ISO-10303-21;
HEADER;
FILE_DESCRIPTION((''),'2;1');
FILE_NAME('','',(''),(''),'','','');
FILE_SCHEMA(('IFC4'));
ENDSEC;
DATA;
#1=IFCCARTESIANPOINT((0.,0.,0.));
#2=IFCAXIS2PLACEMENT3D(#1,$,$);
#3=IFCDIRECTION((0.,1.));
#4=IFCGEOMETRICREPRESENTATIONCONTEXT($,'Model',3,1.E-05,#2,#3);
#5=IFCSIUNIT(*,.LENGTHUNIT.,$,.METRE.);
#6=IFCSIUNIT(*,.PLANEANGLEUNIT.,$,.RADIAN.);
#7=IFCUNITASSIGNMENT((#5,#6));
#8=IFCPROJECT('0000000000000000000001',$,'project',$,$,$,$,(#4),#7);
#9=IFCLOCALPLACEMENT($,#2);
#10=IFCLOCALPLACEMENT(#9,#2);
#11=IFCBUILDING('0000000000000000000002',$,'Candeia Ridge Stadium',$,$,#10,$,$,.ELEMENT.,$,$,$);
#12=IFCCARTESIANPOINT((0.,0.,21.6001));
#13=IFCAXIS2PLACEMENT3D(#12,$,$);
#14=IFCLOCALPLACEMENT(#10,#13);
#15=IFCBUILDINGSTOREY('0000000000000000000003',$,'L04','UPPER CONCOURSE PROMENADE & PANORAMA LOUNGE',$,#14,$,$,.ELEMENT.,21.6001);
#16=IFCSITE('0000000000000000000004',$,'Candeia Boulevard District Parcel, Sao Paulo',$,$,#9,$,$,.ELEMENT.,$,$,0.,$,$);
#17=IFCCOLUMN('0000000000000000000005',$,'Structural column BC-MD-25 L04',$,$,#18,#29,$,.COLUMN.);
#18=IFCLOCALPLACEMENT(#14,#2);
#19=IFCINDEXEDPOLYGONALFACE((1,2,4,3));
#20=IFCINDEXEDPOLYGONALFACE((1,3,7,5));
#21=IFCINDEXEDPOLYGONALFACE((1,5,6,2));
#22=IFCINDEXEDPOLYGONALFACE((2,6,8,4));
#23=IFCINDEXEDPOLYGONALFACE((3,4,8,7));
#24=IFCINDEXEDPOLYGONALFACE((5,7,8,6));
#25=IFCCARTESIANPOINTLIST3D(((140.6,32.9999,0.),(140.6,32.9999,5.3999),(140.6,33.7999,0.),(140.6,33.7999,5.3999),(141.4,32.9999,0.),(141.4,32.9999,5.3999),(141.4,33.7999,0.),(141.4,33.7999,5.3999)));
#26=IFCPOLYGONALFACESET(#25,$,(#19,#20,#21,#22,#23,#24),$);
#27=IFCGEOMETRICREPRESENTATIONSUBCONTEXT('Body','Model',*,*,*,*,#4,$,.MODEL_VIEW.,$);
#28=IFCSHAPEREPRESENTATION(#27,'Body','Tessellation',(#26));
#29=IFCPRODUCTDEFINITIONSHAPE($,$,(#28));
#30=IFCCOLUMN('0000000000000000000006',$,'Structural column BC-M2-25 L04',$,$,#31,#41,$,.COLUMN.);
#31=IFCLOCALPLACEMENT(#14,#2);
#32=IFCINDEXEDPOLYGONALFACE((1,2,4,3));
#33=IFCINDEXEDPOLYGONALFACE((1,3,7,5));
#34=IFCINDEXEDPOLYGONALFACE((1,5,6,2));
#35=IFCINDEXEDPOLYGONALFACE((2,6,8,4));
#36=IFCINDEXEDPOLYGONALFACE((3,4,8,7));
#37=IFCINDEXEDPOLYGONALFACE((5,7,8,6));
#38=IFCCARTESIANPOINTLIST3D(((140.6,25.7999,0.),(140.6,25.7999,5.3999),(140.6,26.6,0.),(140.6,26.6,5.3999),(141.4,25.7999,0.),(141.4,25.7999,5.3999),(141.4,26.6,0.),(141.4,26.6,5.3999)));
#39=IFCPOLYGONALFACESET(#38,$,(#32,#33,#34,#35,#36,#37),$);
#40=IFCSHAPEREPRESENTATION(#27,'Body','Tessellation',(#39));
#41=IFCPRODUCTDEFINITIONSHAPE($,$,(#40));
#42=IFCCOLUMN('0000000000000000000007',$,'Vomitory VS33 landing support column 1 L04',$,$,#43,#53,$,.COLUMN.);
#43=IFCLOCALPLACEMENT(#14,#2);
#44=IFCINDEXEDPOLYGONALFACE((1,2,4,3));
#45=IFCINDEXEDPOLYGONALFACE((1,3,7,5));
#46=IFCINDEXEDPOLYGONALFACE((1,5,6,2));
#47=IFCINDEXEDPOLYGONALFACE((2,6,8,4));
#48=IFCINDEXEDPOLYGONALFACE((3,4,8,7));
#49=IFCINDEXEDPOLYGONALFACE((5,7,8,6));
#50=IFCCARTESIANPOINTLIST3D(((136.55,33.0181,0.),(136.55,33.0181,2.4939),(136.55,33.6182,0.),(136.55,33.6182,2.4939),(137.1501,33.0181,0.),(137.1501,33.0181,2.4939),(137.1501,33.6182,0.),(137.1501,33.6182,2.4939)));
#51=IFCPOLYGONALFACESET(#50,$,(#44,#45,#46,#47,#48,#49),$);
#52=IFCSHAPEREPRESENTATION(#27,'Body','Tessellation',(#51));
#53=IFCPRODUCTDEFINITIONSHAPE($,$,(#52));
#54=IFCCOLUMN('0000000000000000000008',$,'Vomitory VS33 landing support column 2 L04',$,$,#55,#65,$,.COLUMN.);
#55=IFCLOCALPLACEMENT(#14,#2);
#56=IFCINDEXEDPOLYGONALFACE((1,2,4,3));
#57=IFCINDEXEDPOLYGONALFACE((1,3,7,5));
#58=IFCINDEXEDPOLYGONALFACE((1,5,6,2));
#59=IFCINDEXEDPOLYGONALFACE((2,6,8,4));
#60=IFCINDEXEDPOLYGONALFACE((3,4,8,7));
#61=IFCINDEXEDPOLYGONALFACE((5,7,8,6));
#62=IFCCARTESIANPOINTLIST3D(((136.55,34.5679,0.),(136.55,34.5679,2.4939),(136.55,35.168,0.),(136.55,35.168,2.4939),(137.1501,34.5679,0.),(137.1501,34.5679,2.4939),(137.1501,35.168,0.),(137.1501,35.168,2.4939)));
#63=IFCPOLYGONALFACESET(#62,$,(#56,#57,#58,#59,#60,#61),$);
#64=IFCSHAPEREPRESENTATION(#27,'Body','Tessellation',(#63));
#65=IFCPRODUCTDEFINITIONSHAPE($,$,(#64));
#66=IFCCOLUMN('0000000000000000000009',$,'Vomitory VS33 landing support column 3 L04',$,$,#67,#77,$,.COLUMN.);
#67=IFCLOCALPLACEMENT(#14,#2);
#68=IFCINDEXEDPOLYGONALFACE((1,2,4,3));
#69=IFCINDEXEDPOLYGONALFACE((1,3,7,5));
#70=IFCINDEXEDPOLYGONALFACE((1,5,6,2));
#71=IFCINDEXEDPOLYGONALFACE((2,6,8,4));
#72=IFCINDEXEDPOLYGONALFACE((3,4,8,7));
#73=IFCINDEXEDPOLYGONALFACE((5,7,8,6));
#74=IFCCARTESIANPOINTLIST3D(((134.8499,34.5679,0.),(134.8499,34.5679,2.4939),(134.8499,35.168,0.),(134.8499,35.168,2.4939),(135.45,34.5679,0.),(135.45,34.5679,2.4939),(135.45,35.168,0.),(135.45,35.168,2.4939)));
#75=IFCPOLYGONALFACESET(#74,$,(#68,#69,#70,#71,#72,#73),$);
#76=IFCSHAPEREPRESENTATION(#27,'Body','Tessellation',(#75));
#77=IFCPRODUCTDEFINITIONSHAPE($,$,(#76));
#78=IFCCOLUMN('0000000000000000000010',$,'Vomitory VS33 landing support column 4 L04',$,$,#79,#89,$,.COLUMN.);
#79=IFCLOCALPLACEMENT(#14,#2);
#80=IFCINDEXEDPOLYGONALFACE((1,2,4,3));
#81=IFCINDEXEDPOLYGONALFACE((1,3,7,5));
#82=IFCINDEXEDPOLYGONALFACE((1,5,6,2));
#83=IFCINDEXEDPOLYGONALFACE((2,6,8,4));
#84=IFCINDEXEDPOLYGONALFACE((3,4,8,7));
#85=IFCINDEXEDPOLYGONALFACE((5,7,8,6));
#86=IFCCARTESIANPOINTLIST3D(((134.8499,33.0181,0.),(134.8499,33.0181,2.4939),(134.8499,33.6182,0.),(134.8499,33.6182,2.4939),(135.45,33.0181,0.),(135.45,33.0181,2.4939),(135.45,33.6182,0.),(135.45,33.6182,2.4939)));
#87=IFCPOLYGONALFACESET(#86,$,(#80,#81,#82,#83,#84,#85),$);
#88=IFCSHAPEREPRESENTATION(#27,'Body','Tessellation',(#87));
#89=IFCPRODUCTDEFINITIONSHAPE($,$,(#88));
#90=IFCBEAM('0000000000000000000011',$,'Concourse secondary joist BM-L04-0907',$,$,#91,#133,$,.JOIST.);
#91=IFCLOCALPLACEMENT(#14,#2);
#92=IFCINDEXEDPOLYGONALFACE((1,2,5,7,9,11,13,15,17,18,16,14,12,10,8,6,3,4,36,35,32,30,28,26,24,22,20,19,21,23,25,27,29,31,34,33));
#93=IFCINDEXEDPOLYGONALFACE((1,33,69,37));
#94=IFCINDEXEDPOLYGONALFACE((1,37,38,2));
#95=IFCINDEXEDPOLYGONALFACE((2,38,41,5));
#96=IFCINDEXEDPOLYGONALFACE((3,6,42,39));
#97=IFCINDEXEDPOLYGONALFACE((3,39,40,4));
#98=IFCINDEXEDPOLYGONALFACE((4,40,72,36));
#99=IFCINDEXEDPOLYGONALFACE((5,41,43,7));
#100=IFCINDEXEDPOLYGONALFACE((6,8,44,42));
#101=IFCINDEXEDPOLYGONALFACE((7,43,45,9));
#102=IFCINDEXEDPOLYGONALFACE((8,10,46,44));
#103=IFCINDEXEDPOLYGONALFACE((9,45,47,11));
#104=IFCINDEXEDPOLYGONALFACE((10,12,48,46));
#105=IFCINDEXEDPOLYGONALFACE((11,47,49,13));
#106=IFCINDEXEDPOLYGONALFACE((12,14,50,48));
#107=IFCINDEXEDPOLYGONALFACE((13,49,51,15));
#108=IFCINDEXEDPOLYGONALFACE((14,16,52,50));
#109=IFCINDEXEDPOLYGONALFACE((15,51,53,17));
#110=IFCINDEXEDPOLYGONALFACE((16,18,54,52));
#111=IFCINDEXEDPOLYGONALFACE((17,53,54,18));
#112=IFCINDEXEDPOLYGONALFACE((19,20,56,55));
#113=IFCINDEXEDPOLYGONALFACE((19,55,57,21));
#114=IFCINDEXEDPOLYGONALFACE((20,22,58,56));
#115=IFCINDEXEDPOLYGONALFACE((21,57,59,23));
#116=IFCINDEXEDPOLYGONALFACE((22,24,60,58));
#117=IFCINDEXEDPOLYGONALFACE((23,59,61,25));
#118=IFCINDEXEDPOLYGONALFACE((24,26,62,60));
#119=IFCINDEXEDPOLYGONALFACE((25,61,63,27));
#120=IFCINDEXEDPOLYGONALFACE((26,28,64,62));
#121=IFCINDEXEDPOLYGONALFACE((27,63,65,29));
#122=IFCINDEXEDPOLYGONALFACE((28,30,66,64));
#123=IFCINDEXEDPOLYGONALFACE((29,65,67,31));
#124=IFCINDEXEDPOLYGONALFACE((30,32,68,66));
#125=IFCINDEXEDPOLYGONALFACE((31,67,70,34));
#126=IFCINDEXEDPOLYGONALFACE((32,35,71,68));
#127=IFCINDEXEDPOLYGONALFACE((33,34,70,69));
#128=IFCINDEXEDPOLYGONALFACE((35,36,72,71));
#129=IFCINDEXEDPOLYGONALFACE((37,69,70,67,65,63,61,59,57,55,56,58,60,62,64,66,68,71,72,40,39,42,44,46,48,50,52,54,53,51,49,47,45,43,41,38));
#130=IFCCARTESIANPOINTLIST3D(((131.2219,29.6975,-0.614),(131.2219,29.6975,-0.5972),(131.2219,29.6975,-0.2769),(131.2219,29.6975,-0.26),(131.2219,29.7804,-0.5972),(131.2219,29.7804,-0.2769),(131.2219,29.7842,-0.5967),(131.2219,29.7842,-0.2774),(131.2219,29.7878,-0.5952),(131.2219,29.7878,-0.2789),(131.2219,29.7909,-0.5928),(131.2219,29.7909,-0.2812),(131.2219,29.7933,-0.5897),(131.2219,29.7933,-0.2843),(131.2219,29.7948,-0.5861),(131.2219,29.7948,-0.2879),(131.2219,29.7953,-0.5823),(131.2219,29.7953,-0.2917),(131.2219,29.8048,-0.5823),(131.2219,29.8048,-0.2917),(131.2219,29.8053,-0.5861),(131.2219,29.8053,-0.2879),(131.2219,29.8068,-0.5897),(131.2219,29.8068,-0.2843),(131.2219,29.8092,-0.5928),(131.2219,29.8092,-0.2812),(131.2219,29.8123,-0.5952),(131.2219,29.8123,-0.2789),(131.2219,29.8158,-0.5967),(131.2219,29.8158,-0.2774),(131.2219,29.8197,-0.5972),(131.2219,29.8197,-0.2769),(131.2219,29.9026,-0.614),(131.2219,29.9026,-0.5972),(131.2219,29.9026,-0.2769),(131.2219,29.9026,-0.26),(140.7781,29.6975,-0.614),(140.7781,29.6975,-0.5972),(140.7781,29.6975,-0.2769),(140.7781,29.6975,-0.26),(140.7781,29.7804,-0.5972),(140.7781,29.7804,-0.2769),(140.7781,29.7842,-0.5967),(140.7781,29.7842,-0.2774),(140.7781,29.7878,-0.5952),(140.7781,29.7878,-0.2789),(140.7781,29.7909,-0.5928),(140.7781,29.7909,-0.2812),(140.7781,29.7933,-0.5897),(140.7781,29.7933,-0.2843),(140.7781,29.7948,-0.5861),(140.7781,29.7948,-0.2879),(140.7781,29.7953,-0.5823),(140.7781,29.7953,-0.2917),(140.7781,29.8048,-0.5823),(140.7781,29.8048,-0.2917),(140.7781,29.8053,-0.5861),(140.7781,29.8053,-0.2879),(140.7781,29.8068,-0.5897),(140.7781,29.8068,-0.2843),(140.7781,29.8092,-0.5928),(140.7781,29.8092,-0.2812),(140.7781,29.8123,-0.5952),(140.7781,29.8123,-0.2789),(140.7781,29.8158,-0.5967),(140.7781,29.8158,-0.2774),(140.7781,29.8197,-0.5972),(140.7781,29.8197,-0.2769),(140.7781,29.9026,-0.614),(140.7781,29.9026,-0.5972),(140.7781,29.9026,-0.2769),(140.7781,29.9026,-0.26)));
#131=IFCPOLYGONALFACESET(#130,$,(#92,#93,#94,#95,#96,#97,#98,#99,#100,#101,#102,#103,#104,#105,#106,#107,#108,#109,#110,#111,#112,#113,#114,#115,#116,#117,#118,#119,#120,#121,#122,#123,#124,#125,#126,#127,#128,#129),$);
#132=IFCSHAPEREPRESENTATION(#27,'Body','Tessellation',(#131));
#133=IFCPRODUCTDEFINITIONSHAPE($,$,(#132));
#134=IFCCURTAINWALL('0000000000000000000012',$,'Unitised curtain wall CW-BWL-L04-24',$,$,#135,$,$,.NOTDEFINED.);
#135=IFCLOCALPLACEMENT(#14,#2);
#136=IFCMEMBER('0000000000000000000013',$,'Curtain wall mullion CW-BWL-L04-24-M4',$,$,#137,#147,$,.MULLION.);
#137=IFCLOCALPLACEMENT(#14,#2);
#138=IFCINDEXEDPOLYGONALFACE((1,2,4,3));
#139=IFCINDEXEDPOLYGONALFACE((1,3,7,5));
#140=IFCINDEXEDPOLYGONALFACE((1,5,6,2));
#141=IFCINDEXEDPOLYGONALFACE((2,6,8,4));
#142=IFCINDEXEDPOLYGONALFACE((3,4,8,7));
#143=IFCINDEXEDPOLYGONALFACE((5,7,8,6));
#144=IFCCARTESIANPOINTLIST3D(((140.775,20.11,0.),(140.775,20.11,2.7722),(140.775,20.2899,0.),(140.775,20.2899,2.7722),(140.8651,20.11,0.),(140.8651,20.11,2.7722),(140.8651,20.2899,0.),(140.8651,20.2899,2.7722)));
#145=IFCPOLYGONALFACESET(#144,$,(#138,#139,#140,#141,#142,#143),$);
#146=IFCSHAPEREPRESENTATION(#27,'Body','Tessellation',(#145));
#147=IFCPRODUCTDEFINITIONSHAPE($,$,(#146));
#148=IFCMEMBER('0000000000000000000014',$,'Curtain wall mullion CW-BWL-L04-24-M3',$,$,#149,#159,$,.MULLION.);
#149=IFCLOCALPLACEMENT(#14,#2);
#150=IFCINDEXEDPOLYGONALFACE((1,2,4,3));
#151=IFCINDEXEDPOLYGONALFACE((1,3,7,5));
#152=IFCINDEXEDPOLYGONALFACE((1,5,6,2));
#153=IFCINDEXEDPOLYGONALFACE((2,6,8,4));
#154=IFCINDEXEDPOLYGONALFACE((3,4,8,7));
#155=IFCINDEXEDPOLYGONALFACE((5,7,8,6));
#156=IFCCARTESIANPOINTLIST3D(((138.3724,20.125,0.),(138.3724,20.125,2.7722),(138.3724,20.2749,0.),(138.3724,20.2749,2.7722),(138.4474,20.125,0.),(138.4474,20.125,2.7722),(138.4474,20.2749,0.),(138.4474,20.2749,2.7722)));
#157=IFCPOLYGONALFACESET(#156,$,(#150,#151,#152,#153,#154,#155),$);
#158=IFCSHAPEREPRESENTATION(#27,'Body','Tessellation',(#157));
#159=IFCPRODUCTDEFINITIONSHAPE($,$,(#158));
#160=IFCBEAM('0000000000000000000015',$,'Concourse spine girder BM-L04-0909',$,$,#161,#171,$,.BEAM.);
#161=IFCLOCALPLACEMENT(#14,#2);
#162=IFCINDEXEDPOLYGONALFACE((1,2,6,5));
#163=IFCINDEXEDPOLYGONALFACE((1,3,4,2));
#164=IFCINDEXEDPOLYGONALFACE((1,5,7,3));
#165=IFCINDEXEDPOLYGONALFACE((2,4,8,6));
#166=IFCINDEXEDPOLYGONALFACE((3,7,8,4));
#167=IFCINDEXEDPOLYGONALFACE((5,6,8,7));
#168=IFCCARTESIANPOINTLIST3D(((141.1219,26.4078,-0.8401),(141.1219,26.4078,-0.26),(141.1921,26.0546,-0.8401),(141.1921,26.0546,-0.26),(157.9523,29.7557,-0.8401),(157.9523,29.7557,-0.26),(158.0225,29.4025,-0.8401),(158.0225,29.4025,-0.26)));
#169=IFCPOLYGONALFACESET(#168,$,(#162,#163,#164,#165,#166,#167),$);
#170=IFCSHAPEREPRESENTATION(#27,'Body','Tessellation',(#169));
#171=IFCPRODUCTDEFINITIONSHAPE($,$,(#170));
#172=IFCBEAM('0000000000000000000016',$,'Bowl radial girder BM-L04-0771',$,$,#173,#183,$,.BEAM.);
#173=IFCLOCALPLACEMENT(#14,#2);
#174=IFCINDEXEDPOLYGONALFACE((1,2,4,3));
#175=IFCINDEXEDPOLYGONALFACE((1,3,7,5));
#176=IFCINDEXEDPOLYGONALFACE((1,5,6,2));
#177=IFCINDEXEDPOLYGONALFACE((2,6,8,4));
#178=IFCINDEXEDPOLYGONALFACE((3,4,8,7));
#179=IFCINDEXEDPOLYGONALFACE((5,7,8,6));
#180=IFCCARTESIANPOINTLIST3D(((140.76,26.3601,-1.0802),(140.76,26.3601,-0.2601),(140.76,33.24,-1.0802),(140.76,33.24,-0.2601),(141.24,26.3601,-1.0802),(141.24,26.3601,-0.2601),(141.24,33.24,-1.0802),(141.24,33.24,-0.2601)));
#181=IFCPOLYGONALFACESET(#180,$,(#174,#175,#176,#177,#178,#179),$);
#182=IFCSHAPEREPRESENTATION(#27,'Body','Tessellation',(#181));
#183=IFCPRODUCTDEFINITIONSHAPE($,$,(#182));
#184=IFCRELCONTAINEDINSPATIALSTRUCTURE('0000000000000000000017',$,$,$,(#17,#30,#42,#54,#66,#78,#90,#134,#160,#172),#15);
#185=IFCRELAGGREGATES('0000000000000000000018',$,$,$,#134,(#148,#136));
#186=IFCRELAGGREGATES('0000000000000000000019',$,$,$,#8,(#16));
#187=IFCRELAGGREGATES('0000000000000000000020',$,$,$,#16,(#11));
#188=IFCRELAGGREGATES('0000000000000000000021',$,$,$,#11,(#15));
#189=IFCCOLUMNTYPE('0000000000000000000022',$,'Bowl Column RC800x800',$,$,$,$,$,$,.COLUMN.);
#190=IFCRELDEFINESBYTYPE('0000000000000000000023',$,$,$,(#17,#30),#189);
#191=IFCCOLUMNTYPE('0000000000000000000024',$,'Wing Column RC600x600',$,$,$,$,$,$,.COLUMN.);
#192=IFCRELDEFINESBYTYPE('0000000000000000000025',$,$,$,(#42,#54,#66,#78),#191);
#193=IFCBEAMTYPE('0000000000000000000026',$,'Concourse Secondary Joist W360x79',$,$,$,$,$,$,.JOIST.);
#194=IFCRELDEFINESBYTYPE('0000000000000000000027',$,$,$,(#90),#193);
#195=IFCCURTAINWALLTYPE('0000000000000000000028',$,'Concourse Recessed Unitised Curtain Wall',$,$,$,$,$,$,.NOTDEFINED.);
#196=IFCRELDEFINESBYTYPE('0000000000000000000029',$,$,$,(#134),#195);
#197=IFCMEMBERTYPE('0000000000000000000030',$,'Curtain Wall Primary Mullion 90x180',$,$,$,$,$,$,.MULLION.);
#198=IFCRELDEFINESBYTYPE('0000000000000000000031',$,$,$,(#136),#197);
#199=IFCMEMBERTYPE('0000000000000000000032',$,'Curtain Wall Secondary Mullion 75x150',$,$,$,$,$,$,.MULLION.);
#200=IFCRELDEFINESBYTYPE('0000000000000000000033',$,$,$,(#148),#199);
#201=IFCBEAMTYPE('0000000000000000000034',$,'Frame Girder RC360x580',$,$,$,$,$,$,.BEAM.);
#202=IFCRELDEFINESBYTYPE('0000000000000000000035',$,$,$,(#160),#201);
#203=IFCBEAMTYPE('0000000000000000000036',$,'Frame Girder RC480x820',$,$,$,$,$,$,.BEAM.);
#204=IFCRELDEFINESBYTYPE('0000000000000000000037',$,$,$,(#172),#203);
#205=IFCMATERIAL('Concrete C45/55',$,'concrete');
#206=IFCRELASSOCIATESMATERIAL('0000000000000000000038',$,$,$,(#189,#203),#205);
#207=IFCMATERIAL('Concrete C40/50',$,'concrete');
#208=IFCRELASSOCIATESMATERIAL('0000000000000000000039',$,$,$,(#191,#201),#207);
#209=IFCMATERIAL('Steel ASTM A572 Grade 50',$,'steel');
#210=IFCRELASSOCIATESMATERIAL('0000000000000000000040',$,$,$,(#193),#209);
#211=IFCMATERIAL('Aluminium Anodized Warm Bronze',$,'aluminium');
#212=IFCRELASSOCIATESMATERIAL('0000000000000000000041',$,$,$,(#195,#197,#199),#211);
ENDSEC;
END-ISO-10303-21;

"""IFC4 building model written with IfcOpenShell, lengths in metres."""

from ifc_helpers import new_model, si_unit, direction, frame, origin, origin_2d, place, context, subcontext, project, spatial, rectangle, i_section, extrude, material, material_profile, profile_set, type_object, element, aggregate, save


model = new_model("IFC4")

# Units and contexts
model_context = context("Model", 3, precision=1e-05, world=origin(), true_north=direction((0.0, 1.0)))
body_context = subcontext(model_context, "Body", "Model", "MODEL_VIEW")
ifc_project = project(units=[si_unit("LENGTHUNIT", "METRE"), si_unit("PLANEANGLEUNIT", "RADIAN")], contexts=[model_context])

# Site, building, storey
site_placement = place(None, origin())
site = spatial("IfcSite", under=ifc_project, at=site_placement, Name="Candeia Boulevard District Parcel, Sao Paulo", CompositionType="ELEMENT", RefElevation=0.0)
building_placement = place(site_placement, origin())
building = spatial("IfcBuilding", under=site, at=building_placement, Name="Candeia Ridge Stadium", CompositionType="ELEMENT")
storey_placement = place(building_placement, frame((0.0, 0.0, 21.6001)))
storey = spatial("IfcBuildingStorey", under=building, at=storey_placement, Name="L04", Description="UPPER CONCOURSE PROMENADE & PANORAMA LOUNGE", CompositionType="ELEMENT", Elevation=21.6001)

# Columns
ifc_material_1 = material(Name="Concrete C45/55", Category="concrete")
ifc_material_profile_1 = material_profile(ifc_material_1, rectangle(XDim=0.8, YDim=0.8, at=origin_2d()), Name="RC800x800", Category="concrete")
ifc_profile_set_1 = profile_set([ifc_material_profile_1], Name="Concrete C45/55")
column_type_1 = type_object("IfcColumnType", Name="Bowl Column RC800x800", PredefinedType="COLUMN", material=ifc_profile_set_1)
for number, where, z_axis, x_axis, name in (
    (1, (141.0, 33.3999, 0.0), (0.0, 0.0, 1.0), (1.0, 0.0, 0.0), "Structural column BC-MD-25 L04"),
    (2, (141.0, 26.2, 0.0), (0.0, 0.0, 1.0), (1.0, 0.0, 0.0), "Structural column BC-M2-25 L04"),
):
    element("IfcColumn", number, at=place(storey_placement, frame(where, z_axis=z_axis, x_axis=x_axis)), inside=storey, type_object=column_type_1, Name=name, PredefinedType="COLUMN", context=body_context, shape_type="SweptSolid", body=[
        extrude(rectangle(XDim=0.8, YDim=0.8, at=origin_2d()), origin(), (0.0, 0.0, 1.0), 5.3999),
    ])
ifc_material_2 = material(Name="Concrete C40/50", Category="concrete")
ifc_material_profile_2 = material_profile(ifc_material_2, rectangle(XDim=0.6001, YDim=0.6001, at=origin_2d()), Name="RC600x600", Category="concrete")
ifc_profile_set_2 = profile_set([ifc_material_profile_2], Name="Concrete C40/50")
column_type_2 = type_object("IfcColumnType", Name="Wing Column RC600x600", PredefinedType="COLUMN", material=ifc_profile_set_2)
for number, where, z_axis, x_axis, name in (
    (3, (136.8501, 33.3181, 0.0), (0.0, 0.0, 1.0), (1.0, 0.0, 0.0), "Vomitory VS33 landing support column 1 L04"),
    (4, (136.8501, 34.8679, 0.0), (0.0, 0.0, 1.0), (1.0, 0.0, 0.0), "Vomitory VS33 landing support column 2 L04"),
    (5, (135.1499, 34.8679, 0.0), (0.0, 0.0, 1.0), (1.0, 0.0, 0.0), "Vomitory VS33 landing support column 3 L04"),
    (6, (135.1499, 33.3181, 0.0), (0.0, 0.0, 1.0), (1.0, 0.0, 0.0), "Vomitory VS33 landing support column 4 L04"),
):
    element("IfcColumn", number, at=place(storey_placement, frame(where, z_axis=z_axis, x_axis=x_axis)), inside=storey, type_object=column_type_2, Name=name, PredefinedType="COLUMN", context=body_context, shape_type="SweptSolid", body=[
        extrude(rectangle(XDim=0.6001, YDim=0.6001, at=origin_2d()), origin(), (0.0, 0.0, 1.0), 2.4939),
    ])

# Beam
ifc_material_3 = material(Name="Steel ASTM A572 Grade 50", Category="steel")
ifc_material_profile_3 = material_profile(ifc_material_3, i_section(OverallWidth=0.2051, OverallDepth=0.354, WebThickness=0.0095, FlangeThickness=0.0168, FilletRadius=0.0149, at=origin_2d()), Name="W360x79", Category="steel")
ifc_profile_set_3 = profile_set([ifc_material_profile_3], Name="Steel ASTM A572 Grade 50")
beam_type_1 = type_object("IfcBeamType", Name="Concourse Secondary Joist W360x79", PredefinedType="JOIST", material=ifc_profile_set_3)
beam_1_placement = place(storey_placement, frame((131.2219, 29.8, -0.437), z_axis=(1.0, 0.0, 0.0), x_axis=(0.0, 1.0, 0.0)))
element("IfcBeam", 7, at=beam_1_placement, inside=storey, type_object=beam_type_1, Name="Concourse secondary joist BM-L04-0907", PredefinedType="JOIST", context=body_context, shape_type="SweptSolid", body=[
    extrude(i_section(OverallWidth=0.2051, OverallDepth=0.354, WebThickness=0.0095, FlangeThickness=0.0168, FilletRadius=0.0149, at=origin_2d()), origin(), (0.0, 0.0, 1.0), 9.5562),
])

# Curtain wall, members
ifc_material_4 = material(Name="Aluminium Anodized Warm Bronze", Category="aluminium")
curtain_wall_type = type_object("IfcCurtainWallType", Name="Concourse Recessed Unitised Curtain Wall", PredefinedType="NOTDEFINED", material=ifc_material_4)
curtain_wall_placement = place(storey_placement, origin())
curtain_wall = element("IfcCurtainWall", 8, at=curtain_wall_placement, inside=storey, type_object=curtain_wall_type, Name="Unitised curtain wall CW-BWL-L04-24", PredefinedType="NOTDEFINED")
ifc_material_profile_4 = material_profile(ifc_material_4, rectangle(XDim=0.0901, YDim=0.1799, at=origin_2d()), Name="CWM-90x180", Category="aluminium")
ifc_profile_set_4 = profile_set([ifc_material_profile_4], Name="Aluminium Anodized Warm Bronze")
member_type_1 = type_object("IfcMemberType", Name="Curtain Wall Primary Mullion 90x180", PredefinedType="MULLION", material=ifc_profile_set_4)
member_1_placement = place(storey_placement, frame((140.8201, 20.2, 0.0), z_axis=(0.0, 0.0, 1.0), x_axis=(1.0, 0.0, 0.0)))
member_1 = element("IfcMember", 9, at=member_1_placement, type_object=member_type_1, Name="Curtain wall mullion CW-BWL-L04-24-M4", PredefinedType="MULLION", context=body_context, shape_type="SweptSolid", body=[
    extrude(rectangle(XDim=0.0901, YDim=0.1799, at=origin_2d()), origin(), (0.0, 0.0, 1.0), 2.7722),
])
ifc_material_profile_5 = material_profile(ifc_material_4, rectangle(XDim=0.075, YDim=0.1499, at=origin_2d()), Name="CWM-75x150", Category="aluminium")
ifc_profile_set_5 = profile_set([ifc_material_profile_5], Name="Aluminium Anodized Warm Bronze")
member_type_2 = type_object("IfcMemberType", Name="Curtain Wall Secondary Mullion 75x150", PredefinedType="MULLION", material=ifc_profile_set_5)
member_2_placement = place(storey_placement, frame((138.4099, 20.2, 0.0), z_axis=(0.0, 0.0, 1.0), x_axis=(1.0, 0.0, 0.0)))
member_2 = element("IfcMember", 10, at=member_2_placement, type_object=member_type_2, Name="Curtain wall mullion CW-BWL-L04-24-M3", PredefinedType="MULLION", context=body_context, shape_type="SweptSolid", body=[
    extrude(rectangle(XDim=0.075, YDim=0.1499, at=origin_2d()), origin(), (0.0, 0.0, 1.0), 2.7722),
])

# Beams
ifc_material_profile_6 = material_profile(ifc_material_2, rectangle(XDim=0.3601, YDim=0.5801, at=origin_2d()), Name="RC360x580", Category="concrete")
ifc_profile_set_6 = profile_set([ifc_material_profile_6], Name="Concrete C40/50")
beam_type_2 = type_object("IfcBeamType", Name="Frame Girder RC360x580", PredefinedType="BEAM", material=ifc_profile_set_6)
beam_2_placement = place(storey_placement, frame((141.157, 26.2312, -0.55), z_axis=(0.980784, 0.195098, 0.0), x_axis=(-0.195098, 0.980784, 0.0)))
element("IfcBeam", 11, at=beam_2_placement, inside=storey, type_object=beam_type_2, Name="Concourse spine girder BM-L04-0909", PredefinedType="BEAM", context=body_context, shape_type="SweptSolid", body=[
    extrude(rectangle(XDim=0.3601, YDim=0.5801, at=origin_2d()), origin(), (0.0, 0.0, 1.0), 17.1602),
])
ifc_material_profile_7 = material_profile(ifc_material_1, rectangle(XDim=0.48, YDim=0.8201, at=origin_2d()), Name="RC480x820", Category="concrete")
ifc_profile_set_7 = profile_set([ifc_material_profile_7], Name="Concrete C45/55")
beam_type_3 = type_object("IfcBeamType", Name="Frame Girder RC480x820", PredefinedType="BEAM", material=ifc_profile_set_7)
beam_3_placement = place(storey_placement, frame((141.0, 33.24, -0.6702), z_axis=(0.0, -1.0, 0.0), x_axis=(1.0, 0.0, 0.0)))
element("IfcBeam", 12, at=beam_3_placement, inside=storey, type_object=beam_type_3, Name="Bowl radial girder BM-L04-0771", PredefinedType="BEAM", context=body_context, shape_type="SweptSolid", body=[
    extrude(rectangle(XDim=0.48, YDim=0.8201, at=origin_2d()), origin(), (0.0, 0.0, 1.0), 6.8799),
])

aggregate(curtain_wall, [member_2, member_1])

save(model, "model.ifc")
